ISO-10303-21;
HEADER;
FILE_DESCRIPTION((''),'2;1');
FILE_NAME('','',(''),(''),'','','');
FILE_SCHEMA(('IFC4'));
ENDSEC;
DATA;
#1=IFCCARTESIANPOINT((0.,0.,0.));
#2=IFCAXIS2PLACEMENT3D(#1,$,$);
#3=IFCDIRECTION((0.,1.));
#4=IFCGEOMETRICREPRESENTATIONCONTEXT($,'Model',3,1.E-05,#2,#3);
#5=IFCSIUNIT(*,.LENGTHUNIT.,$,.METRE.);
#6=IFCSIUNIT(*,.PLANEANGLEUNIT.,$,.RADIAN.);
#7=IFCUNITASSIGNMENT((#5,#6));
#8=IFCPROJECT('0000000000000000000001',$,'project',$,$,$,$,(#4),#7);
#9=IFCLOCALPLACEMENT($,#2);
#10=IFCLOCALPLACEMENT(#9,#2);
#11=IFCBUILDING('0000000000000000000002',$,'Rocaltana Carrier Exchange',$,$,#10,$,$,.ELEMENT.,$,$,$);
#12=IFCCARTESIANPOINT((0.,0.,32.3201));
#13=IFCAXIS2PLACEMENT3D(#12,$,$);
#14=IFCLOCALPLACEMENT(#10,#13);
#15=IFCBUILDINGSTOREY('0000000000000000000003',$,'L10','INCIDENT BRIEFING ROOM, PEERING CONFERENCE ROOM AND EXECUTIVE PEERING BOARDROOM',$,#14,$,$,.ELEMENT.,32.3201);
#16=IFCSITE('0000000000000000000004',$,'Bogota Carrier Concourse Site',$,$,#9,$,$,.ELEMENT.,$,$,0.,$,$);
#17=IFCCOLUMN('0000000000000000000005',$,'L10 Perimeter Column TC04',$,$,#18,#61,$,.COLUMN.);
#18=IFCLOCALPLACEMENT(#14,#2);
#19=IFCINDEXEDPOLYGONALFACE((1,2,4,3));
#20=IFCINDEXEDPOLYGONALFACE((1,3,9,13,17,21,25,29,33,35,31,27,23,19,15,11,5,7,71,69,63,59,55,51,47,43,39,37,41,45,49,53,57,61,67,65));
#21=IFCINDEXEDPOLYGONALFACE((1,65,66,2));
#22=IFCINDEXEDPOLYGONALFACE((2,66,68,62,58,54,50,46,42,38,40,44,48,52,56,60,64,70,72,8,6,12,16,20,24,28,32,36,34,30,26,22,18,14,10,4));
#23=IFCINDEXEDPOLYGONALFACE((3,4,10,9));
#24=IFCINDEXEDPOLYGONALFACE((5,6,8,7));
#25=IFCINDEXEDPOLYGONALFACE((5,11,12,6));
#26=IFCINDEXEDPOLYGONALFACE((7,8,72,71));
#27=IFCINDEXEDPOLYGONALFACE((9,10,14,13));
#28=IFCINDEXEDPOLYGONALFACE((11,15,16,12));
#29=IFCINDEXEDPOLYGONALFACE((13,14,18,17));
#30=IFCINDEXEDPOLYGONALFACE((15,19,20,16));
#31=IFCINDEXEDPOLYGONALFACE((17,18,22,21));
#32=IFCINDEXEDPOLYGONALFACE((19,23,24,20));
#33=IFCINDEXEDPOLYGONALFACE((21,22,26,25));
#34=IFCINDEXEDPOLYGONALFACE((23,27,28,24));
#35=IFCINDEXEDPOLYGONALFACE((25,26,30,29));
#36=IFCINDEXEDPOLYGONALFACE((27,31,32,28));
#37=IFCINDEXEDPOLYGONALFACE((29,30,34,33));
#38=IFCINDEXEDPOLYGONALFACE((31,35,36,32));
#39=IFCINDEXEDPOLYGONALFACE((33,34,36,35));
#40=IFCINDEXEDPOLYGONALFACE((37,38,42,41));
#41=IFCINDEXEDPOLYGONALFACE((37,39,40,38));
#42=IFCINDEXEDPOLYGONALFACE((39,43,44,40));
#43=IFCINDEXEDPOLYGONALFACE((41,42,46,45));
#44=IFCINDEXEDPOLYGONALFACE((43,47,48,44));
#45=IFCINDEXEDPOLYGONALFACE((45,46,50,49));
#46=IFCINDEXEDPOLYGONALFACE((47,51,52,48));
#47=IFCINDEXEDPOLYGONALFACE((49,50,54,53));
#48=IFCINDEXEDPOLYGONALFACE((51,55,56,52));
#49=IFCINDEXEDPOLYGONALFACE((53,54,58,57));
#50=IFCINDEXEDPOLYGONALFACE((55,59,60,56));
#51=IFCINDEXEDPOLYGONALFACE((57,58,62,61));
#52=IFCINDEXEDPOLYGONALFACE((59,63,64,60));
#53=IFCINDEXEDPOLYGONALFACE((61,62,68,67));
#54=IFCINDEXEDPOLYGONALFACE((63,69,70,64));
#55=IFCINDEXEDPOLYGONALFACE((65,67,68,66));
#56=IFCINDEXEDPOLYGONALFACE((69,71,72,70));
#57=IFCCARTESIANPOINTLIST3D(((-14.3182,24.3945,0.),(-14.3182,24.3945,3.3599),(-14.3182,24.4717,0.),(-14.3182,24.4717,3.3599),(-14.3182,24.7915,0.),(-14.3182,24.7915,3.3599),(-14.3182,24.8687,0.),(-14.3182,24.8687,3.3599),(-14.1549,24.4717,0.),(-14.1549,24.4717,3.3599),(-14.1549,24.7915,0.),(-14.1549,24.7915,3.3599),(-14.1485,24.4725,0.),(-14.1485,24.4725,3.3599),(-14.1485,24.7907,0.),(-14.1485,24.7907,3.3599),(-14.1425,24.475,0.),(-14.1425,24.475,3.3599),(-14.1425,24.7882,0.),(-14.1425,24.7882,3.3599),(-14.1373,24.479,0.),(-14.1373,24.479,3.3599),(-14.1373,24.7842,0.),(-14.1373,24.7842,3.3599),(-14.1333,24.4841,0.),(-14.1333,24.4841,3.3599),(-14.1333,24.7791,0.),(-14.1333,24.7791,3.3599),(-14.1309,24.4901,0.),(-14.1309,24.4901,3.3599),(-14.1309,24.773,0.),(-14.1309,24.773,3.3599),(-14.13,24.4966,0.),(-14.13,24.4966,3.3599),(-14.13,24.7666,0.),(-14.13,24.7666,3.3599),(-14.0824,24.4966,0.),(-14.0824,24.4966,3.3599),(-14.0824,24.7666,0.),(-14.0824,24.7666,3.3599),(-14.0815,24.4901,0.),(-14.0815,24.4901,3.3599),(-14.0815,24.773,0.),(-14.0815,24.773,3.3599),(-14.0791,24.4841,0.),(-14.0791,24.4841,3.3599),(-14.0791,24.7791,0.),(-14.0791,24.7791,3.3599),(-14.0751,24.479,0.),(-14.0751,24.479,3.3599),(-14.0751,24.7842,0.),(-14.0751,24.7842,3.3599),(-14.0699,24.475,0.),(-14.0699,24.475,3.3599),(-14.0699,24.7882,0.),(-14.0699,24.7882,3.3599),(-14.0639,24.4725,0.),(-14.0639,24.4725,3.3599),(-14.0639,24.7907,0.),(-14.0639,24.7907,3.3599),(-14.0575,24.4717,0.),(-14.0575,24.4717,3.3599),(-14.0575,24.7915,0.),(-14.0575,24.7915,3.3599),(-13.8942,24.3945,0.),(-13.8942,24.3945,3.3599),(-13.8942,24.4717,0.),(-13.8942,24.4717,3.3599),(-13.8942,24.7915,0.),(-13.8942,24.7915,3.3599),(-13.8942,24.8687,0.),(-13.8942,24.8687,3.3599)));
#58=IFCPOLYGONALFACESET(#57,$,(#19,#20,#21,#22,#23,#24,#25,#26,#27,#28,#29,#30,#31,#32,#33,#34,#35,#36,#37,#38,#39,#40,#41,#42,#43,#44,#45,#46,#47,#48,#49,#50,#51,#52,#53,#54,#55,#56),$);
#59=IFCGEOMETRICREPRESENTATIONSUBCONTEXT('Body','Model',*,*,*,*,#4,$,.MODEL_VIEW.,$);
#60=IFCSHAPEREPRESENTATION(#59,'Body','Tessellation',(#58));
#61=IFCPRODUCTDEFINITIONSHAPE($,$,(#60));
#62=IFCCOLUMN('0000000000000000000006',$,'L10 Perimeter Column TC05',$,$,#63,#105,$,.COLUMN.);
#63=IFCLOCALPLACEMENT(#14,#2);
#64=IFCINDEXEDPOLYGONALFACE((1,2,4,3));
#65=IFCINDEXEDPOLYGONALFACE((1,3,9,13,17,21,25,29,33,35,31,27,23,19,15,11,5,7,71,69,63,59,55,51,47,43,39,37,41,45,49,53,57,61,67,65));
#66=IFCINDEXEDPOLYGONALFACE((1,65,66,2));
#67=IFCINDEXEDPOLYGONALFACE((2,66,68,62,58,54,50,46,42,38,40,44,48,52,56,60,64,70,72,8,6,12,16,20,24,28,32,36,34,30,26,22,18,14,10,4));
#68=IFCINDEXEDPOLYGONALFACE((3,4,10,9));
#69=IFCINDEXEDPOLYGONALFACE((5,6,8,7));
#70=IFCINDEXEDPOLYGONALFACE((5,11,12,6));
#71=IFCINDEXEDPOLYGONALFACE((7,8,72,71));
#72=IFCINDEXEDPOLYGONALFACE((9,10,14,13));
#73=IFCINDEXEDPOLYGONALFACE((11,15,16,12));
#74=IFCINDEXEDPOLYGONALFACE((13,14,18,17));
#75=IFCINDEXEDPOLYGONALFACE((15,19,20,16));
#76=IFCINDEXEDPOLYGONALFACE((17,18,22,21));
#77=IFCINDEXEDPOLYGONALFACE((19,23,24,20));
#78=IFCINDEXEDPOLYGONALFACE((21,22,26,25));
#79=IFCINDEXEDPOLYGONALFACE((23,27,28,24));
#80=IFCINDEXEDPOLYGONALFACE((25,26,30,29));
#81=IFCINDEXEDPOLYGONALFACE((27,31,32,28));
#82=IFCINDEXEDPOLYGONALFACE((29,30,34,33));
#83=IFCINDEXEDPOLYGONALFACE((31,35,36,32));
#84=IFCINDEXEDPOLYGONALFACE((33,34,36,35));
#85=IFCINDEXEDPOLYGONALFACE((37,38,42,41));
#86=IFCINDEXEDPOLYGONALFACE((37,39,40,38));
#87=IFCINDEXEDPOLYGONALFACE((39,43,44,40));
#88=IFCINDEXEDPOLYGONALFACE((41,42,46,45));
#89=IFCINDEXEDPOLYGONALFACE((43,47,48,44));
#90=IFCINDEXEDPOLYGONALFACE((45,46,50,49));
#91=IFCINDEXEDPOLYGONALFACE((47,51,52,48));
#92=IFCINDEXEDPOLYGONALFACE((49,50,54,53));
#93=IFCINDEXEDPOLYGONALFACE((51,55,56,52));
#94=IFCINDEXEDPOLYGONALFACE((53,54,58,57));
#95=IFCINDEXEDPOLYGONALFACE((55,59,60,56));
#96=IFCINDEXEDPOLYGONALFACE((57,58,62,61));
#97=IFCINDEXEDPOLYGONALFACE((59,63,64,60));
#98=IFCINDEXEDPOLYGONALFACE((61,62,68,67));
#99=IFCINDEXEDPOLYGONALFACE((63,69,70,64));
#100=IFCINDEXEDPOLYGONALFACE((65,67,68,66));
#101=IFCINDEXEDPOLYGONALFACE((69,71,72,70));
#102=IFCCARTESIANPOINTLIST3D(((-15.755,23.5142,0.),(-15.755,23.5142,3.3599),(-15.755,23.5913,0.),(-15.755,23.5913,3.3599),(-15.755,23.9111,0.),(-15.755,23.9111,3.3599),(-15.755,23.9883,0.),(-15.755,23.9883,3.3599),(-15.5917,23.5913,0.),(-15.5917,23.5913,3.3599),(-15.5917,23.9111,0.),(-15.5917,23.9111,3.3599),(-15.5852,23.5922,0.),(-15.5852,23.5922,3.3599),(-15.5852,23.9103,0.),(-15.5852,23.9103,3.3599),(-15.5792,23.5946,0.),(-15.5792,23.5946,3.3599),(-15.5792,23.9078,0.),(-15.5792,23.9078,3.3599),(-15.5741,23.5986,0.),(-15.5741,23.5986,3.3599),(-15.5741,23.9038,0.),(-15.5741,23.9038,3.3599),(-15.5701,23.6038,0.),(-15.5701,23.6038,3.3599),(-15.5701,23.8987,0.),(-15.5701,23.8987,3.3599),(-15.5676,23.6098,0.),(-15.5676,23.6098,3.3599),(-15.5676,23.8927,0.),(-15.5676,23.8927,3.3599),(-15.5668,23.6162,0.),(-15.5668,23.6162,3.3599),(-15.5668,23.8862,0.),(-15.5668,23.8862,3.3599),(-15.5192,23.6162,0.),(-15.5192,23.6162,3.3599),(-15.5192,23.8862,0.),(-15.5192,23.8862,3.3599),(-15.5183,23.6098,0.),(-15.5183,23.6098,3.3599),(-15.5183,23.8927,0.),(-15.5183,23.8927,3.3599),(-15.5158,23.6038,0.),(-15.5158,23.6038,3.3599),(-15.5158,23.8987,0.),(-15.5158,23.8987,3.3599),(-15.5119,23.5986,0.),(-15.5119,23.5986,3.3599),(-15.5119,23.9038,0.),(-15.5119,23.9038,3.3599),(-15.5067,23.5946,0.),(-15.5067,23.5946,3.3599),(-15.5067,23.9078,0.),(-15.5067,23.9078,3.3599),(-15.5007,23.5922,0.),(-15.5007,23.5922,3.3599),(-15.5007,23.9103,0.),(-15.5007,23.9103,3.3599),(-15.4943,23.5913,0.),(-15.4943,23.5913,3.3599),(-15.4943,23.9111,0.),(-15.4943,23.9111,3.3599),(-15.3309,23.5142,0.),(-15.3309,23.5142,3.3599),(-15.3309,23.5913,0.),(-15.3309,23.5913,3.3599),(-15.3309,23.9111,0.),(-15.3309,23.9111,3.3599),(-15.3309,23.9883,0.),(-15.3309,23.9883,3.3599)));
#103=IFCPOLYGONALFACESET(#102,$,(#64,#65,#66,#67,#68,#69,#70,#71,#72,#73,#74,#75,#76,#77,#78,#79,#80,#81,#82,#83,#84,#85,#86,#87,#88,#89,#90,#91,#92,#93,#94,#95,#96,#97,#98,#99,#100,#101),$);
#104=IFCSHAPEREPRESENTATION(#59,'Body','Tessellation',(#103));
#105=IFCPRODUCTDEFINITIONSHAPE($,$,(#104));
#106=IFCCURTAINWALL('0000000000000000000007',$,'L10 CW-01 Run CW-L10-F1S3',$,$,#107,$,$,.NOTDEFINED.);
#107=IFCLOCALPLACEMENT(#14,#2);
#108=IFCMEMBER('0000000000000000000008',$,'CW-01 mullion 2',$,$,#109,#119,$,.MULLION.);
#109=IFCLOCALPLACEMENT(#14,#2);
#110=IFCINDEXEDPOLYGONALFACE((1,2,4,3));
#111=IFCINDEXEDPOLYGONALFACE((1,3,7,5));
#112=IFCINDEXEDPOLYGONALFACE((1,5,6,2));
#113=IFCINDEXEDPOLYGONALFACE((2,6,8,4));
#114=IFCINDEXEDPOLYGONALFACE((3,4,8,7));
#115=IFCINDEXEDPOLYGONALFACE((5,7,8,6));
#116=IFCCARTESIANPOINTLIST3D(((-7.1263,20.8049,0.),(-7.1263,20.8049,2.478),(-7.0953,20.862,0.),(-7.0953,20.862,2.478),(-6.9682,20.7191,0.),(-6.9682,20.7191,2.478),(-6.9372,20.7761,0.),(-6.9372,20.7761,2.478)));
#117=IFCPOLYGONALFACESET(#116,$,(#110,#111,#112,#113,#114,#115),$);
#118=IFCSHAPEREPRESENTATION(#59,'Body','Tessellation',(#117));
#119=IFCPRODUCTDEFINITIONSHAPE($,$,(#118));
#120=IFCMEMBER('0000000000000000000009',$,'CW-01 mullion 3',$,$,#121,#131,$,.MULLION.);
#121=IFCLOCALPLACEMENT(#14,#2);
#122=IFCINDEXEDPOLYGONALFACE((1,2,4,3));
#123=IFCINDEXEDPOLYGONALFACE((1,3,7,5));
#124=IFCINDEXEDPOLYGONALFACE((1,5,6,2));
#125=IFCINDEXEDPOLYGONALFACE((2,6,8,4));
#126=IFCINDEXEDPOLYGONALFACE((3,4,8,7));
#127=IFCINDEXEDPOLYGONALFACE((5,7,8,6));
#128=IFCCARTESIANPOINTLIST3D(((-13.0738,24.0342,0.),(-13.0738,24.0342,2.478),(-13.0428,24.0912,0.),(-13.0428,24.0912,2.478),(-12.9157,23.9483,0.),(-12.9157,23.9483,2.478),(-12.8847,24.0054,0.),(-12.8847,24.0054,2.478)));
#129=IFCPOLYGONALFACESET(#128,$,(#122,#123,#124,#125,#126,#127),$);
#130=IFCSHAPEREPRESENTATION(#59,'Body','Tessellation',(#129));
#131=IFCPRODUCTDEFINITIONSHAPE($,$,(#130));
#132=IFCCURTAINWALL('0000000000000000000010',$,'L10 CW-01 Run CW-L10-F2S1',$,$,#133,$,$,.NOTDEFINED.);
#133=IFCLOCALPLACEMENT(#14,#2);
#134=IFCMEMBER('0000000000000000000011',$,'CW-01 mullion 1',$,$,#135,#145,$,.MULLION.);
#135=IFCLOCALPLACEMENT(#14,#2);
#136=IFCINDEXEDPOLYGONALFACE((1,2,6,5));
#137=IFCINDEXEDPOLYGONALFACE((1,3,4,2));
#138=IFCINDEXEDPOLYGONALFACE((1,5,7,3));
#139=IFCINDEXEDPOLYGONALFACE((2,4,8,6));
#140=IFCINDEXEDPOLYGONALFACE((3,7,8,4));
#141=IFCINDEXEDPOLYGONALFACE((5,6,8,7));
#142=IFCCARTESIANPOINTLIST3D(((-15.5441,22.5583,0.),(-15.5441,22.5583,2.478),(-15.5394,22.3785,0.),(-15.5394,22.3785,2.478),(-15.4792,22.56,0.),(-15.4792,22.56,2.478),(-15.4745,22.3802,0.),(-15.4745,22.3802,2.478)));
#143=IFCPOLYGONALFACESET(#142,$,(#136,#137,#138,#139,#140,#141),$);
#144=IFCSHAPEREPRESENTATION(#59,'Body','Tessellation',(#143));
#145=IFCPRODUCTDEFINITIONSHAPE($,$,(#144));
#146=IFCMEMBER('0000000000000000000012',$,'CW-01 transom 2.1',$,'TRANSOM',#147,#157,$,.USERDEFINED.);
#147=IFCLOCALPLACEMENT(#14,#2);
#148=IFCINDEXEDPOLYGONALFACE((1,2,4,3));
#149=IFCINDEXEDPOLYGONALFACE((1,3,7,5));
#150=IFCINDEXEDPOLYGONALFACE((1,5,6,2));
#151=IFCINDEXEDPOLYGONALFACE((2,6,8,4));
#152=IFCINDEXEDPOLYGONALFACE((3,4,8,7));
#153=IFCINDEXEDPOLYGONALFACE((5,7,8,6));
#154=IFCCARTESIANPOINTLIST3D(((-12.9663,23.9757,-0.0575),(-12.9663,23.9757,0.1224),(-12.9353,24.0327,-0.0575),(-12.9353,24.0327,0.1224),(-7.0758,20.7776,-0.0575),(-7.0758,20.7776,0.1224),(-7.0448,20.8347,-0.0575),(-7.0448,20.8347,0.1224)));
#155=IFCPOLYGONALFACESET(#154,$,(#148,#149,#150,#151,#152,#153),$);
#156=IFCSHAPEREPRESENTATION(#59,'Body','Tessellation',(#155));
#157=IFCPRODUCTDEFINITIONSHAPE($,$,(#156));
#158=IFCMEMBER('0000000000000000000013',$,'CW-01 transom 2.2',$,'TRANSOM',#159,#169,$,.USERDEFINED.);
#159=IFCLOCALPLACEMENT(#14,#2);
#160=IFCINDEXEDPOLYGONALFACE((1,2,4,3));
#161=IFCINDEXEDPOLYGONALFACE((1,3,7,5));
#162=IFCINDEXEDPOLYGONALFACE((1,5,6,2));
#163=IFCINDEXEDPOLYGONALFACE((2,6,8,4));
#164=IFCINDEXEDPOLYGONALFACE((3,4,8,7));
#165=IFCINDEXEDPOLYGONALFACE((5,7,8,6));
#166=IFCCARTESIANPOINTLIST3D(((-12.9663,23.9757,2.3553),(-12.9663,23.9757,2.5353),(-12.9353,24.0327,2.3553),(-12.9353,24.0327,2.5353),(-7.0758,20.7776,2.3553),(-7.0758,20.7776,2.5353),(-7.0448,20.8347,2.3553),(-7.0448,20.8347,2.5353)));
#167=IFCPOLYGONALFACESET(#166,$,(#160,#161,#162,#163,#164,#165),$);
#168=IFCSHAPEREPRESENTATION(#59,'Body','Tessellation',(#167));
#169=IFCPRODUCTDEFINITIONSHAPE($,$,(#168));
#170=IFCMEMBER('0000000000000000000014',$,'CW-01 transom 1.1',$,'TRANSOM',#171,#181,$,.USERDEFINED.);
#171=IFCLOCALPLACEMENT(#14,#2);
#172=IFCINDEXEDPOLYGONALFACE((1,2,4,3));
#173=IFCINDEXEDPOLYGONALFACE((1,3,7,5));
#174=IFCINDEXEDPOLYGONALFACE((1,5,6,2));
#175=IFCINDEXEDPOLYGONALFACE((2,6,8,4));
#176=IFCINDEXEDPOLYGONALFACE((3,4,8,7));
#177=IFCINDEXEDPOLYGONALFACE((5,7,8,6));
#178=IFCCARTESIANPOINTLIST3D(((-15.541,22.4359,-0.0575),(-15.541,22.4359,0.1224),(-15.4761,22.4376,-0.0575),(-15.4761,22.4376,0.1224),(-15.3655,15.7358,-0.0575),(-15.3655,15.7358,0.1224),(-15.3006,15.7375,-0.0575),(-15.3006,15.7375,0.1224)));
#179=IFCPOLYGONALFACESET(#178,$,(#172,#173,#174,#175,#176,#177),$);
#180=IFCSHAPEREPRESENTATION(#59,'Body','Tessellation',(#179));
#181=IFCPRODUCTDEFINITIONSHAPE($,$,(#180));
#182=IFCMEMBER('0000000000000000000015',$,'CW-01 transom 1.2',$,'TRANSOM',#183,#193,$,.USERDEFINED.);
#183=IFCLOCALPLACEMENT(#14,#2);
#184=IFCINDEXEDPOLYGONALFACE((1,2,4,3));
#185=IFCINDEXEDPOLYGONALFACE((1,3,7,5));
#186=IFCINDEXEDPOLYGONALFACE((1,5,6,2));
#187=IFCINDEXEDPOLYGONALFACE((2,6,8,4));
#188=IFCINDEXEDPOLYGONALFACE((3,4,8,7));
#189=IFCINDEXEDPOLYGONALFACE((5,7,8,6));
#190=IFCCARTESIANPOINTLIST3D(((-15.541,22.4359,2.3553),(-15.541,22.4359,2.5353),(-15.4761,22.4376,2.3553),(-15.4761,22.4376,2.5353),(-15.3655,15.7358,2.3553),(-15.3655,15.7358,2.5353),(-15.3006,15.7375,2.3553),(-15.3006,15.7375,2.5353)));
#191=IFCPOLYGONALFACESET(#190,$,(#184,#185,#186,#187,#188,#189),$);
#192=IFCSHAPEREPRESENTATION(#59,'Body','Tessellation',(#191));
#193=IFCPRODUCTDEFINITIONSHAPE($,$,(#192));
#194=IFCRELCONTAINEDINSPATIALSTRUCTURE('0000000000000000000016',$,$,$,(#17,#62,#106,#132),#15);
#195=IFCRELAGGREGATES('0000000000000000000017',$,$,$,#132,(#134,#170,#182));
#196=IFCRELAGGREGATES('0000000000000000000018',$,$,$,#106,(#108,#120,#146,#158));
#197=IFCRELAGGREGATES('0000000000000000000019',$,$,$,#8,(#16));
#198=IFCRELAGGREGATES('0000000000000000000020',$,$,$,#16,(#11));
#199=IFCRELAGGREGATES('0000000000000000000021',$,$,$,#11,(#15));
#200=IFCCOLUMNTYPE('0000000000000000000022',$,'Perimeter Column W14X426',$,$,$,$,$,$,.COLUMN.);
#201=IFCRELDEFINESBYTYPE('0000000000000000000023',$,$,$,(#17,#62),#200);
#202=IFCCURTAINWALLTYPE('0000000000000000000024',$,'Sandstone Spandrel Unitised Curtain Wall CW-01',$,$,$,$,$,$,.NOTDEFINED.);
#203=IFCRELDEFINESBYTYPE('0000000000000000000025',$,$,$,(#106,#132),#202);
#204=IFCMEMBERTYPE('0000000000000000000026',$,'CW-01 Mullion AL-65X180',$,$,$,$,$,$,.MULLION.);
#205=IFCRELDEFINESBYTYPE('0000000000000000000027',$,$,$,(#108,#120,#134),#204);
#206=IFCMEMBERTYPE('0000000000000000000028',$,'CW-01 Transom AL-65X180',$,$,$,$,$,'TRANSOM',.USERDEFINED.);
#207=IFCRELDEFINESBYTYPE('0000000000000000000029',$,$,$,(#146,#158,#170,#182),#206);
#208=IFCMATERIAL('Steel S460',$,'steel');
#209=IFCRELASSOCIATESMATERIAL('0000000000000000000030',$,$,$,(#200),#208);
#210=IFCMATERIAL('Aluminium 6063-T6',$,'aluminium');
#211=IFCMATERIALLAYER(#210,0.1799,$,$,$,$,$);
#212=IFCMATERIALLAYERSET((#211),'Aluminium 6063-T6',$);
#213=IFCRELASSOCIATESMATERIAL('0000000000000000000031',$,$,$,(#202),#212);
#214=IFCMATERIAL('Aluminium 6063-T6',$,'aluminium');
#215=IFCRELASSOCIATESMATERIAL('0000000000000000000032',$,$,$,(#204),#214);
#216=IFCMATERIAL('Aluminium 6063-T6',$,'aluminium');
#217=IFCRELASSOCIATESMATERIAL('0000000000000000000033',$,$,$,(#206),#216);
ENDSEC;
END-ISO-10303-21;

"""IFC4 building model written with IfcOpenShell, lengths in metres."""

from ifc_helpers import new_model, si_unit, direction, frame, origin, origin_2d, place, context, subcontext, project, spatial, rectangle, i_section, extrude, material, layer, layer_set, material_profile, profile_set, type_object, element, aggregate, save


model = new_model("IFC4")

# Units and contexts
model_context = context("Model", 3, precision=1e-05, world=origin(), true_north=direction((0.0, 1.0)))
body_context = subcontext(model_context, "Body", "Model", "MODEL_VIEW")
ifc_project = project(units=[si_unit("LENGTHUNIT", "METRE"), si_unit("PLANEANGLEUNIT", "RADIAN")], contexts=[model_context])

# Site, building, storey
site_placement = place(None, origin())
site = spatial("IfcSite", under=ifc_project, at=site_placement, Name="Bogota Carrier Concourse Site", CompositionType="ELEMENT", RefElevation=0.0)
building_placement = place(site_placement, origin())
building = spatial("IfcBuilding", under=site, at=building_placement, Name="Rocaltana Carrier Exchange", CompositionType="ELEMENT")
storey_placement = place(building_placement, frame((0.0, 0.0, 32.3201)))
storey = spatial("IfcBuildingStorey", under=building, at=storey_placement, Name="L10", Description="INCIDENT BRIEFING ROOM, PEERING CONFERENCE ROOM AND EXECUTIVE PEERING BOARDROOM", CompositionType="ELEMENT", Elevation=32.3201)

# Columns
ifc_material_1 = material(Name="Steel S460", Category="steel")
ifc_material_profile_1 = material_profile(ifc_material_1, i_section(OverallWidth=0.4241, OverallDepth=0.4741, WebThickness=0.0476, FlangeThickness=0.0771, FilletRadius=0.0249, at=origin_2d()), Name="W14X426")
ifc_profile_set_1 = profile_set([ifc_material_profile_1], Name="Steel S460")
column_type = type_object("IfcColumnType", Name="Perimeter Column W14X426", PredefinedType="COLUMN", material=ifc_profile_set_1)
for number, where, z_axis, x_axis, name in (
    (1, (-14.1062, 24.6316, 0.0), (0.0, 0.0, 1.0), (1.0, 0.0, 0.0), "L10 Perimeter Column TC04"),
    (2, (-15.543, 23.7512, 0.0), (0.0, 0.0, 1.0), (1.0, 0.0, 0.0), "L10 Perimeter Column TC05"),
):
    element("IfcColumn", number, at=place(storey_placement, frame(where, z_axis=z_axis, x_axis=x_axis)), inside=storey, type_object=column_type, Name=name, PredefinedType="COLUMN", context=body_context, shape_type="SweptSolid", body=[
        extrude(i_section(OverallWidth=0.4241, OverallDepth=0.4741, WebThickness=0.0476, FlangeThickness=0.0771, FilletRadius=0.0249, at=origin_2d()), origin(), (0.0, 0.0, 1.0), 3.3599),
    ])

# Curtain wall, members
ifc_material_2 = material(Name="Aluminium 6063-T6", Category="aluminium")
ifc_layer_1 = layer(ifc_material_2, 0.1799)
ifc_layer_set_1 = layer_set([ifc_layer_1], Name="Aluminium 6063-T6")
curtain_wall_type = type_object("IfcCurtainWallType", Name="Sandstone Spandrel Unitised Curtain Wall CW-01", PredefinedType="NOTDEFINED", material=ifc_layer_set_1)
curtain_wall_1_placement = place(storey_placement, origin())
curtain_wall_1 = element("IfcCurtainWall", 3, at=curtain_wall_1_placement, inside=storey, type_object=curtain_wall_type, Name="L10 CW-01 Run CW-L10-F1S3", PredefinedType="NOTDEFINED")
ifc_material_3 = material(Name="Aluminium 6063-T6", Category="aluminium")
ifc_material_profile_2 = material_profile(ifc_material_3, rectangle(XDim=0.0649, YDim=0.1799, at=origin_2d()), Name="AL-65X180")
ifc_profile_set_2 = profile_set([ifc_material_profile_2], Name="Aluminium 6063-T6")
member_type_1 = type_object("IfcMemberType", Name="CW-01 Mullion AL-65X180", PredefinedType="MULLION", material=ifc_profile_set_2)
member_1_placement = place(storey_placement, frame((-7.0317, 20.7905, 0.0), z_axis=(0.0, 0.0, 1.0), x_axis=(-0.477156, -0.878819, 0.0)))
member_1 = element("IfcMember", 4, at=member_1_placement, type_object=member_type_1, Name="CW-01 mullion 2", PredefinedType="MULLION", context=body_context, shape_type="SweptSolid", body=[
    extrude(rectangle(XDim=0.0649, YDim=0.1799, at=origin_2d()), origin(), (0.0, 0.0, 1.0), 2.478),
])
member_2_placement = place(storey_placement, frame((-12.9792, 24.0198, 0.0), z_axis=(0.0, 0.0, 1.0), x_axis=(-0.477156, -0.878819, 0.0)))
member_2 = element("IfcMember", 5, at=member_2_placement, type_object=member_type_1, Name="CW-01 mullion 3", PredefinedType="MULLION", context=body_context, shape_type="SweptSolid", body=[
    extrude(rectangle(XDim=0.0649, YDim=0.1799, at=origin_2d()), origin(), (0.0, 0.0, 1.0), 2.478),
])

# Curtain wall, member
curtain_wall_2_placement = place(storey_placement, origin())
curtain_wall_2 = element("IfcCurtainWall", 6, at=curtain_wall_2_placement, inside=storey, type_object=curtain_wall_type, Name="L10 CW-01 Run CW-L10-F2S1", PredefinedType="NOTDEFINED")
member_3_placement = place(storey_placement, frame((-15.5093, 22.4692, 0.0), z_axis=(0.0, 0.0, 1.0), x_axis=(0.999657, 0.026184, 0.0)))
member_3 = element("IfcMember", 7, at=member_3_placement, type_object=member_type_1, Name="CW-01 mullion 1", PredefinedType="MULLION", context=body_context, shape_type="SweptSolid", body=[
    extrude(rectangle(XDim=0.0649, YDim=0.1799, at=origin_2d()), origin(), (0.0, 0.0, 1.0), 2.478),
])

# Members
ifc_material_4 = material(Name="Aluminium 6063-T6", Category="aluminium")
ifc_material_profile_3 = material_profile(ifc_material_4, rectangle(XDim=0.0649, YDim=0.1799, at=origin_2d()), Name="AL-65X180")
ifc_profile_set_3 = profile_set([ifc_material_profile_3], Name="Aluminium 6063-T6")
member_type_2 = type_object("IfcMemberType", Name="CW-01 Transom AL-65X180", ElementType="TRANSOM", PredefinedType="USERDEFINED", material=ifc_profile_set_3)
member_4_placement = place(storey_placement, frame((-7.0603, 20.8062, 0.0325), z_axis=(-0.878831, 0.477134, 0.0), x_axis=(-0.477134, -0.878831, 0.0)))
member_4 = element("IfcMember", 8, at=member_4_placement, type_object=member_type_2, Name="CW-01 transom 2.1", ObjectType="TRANSOM", PredefinedType="USERDEFINED", context=body_context, shape_type="SweptSolid", body=[
    extrude(rectangle(XDim=0.0649, YDim=0.1799, at=origin_2d()), origin(), (0.0, 0.0, 1.0), 6.7026),
])
member_5_placement = place(storey_placement, frame((-7.0603, 20.8062, 2.4453), z_axis=(-0.878831, 0.477134, 0.0), x_axis=(-0.477134, -0.878831, 0.0)))
member_5 = element("IfcMember", 9, at=member_5_placement, type_object=member_type_2, Name="CW-01 transom 2.2", ObjectType="TRANSOM", PredefinedType="USERDEFINED", context=body_context, shape_type="SweptSolid", body=[
    extrude(rectangle(XDim=0.0649, YDim=0.1799, at=origin_2d()), origin(), (0.0, 0.0, 1.0), 6.7026),
])
member_6_placement = place(storey_placement, frame((-15.5085, 22.4368, 0.0325), z_axis=(0.02619, -0.999657, 0.0), x_axis=(0.999657, 0.02619, 0.0)))
member_6 = element("IfcMember", 10, at=member_6_placement, type_object=member_type_2, Name="CW-01 transom 1.1", ObjectType="TRANSOM", PredefinedType="USERDEFINED", context=body_context, shape_type="SweptSolid", body=[
    extrude(rectangle(XDim=0.0649, YDim=0.1799, at=origin_2d()), origin(), (0.0, 0.0, 1.0), 6.7024),
])
member_7_placement = place(storey_placement, frame((-15.5085, 22.4368, 2.4453), z_axis=(0.02619, -0.999657, 0.0), x_axis=(0.999657, 0.02619, 0.0)))
member_7 = element("IfcMember", 11, at=member_7_placement, type_object=member_type_2, Name="CW-01 transom 1.2", ObjectType="TRANSOM", PredefinedType="USERDEFINED", context=body_context, shape_type="SweptSolid", body=[
    extrude(rectangle(XDim=0.0649, YDim=0.1799, at=origin_2d()), origin(), (0.0, 0.0, 1.0), 6.7024),
])
aggregate(curtain_wall_2, [member_3, member_6, member_7])

aggregate(curtain_wall_1, [member_1, member_2, member_4, member_5])

save(model, "model.ifc")
